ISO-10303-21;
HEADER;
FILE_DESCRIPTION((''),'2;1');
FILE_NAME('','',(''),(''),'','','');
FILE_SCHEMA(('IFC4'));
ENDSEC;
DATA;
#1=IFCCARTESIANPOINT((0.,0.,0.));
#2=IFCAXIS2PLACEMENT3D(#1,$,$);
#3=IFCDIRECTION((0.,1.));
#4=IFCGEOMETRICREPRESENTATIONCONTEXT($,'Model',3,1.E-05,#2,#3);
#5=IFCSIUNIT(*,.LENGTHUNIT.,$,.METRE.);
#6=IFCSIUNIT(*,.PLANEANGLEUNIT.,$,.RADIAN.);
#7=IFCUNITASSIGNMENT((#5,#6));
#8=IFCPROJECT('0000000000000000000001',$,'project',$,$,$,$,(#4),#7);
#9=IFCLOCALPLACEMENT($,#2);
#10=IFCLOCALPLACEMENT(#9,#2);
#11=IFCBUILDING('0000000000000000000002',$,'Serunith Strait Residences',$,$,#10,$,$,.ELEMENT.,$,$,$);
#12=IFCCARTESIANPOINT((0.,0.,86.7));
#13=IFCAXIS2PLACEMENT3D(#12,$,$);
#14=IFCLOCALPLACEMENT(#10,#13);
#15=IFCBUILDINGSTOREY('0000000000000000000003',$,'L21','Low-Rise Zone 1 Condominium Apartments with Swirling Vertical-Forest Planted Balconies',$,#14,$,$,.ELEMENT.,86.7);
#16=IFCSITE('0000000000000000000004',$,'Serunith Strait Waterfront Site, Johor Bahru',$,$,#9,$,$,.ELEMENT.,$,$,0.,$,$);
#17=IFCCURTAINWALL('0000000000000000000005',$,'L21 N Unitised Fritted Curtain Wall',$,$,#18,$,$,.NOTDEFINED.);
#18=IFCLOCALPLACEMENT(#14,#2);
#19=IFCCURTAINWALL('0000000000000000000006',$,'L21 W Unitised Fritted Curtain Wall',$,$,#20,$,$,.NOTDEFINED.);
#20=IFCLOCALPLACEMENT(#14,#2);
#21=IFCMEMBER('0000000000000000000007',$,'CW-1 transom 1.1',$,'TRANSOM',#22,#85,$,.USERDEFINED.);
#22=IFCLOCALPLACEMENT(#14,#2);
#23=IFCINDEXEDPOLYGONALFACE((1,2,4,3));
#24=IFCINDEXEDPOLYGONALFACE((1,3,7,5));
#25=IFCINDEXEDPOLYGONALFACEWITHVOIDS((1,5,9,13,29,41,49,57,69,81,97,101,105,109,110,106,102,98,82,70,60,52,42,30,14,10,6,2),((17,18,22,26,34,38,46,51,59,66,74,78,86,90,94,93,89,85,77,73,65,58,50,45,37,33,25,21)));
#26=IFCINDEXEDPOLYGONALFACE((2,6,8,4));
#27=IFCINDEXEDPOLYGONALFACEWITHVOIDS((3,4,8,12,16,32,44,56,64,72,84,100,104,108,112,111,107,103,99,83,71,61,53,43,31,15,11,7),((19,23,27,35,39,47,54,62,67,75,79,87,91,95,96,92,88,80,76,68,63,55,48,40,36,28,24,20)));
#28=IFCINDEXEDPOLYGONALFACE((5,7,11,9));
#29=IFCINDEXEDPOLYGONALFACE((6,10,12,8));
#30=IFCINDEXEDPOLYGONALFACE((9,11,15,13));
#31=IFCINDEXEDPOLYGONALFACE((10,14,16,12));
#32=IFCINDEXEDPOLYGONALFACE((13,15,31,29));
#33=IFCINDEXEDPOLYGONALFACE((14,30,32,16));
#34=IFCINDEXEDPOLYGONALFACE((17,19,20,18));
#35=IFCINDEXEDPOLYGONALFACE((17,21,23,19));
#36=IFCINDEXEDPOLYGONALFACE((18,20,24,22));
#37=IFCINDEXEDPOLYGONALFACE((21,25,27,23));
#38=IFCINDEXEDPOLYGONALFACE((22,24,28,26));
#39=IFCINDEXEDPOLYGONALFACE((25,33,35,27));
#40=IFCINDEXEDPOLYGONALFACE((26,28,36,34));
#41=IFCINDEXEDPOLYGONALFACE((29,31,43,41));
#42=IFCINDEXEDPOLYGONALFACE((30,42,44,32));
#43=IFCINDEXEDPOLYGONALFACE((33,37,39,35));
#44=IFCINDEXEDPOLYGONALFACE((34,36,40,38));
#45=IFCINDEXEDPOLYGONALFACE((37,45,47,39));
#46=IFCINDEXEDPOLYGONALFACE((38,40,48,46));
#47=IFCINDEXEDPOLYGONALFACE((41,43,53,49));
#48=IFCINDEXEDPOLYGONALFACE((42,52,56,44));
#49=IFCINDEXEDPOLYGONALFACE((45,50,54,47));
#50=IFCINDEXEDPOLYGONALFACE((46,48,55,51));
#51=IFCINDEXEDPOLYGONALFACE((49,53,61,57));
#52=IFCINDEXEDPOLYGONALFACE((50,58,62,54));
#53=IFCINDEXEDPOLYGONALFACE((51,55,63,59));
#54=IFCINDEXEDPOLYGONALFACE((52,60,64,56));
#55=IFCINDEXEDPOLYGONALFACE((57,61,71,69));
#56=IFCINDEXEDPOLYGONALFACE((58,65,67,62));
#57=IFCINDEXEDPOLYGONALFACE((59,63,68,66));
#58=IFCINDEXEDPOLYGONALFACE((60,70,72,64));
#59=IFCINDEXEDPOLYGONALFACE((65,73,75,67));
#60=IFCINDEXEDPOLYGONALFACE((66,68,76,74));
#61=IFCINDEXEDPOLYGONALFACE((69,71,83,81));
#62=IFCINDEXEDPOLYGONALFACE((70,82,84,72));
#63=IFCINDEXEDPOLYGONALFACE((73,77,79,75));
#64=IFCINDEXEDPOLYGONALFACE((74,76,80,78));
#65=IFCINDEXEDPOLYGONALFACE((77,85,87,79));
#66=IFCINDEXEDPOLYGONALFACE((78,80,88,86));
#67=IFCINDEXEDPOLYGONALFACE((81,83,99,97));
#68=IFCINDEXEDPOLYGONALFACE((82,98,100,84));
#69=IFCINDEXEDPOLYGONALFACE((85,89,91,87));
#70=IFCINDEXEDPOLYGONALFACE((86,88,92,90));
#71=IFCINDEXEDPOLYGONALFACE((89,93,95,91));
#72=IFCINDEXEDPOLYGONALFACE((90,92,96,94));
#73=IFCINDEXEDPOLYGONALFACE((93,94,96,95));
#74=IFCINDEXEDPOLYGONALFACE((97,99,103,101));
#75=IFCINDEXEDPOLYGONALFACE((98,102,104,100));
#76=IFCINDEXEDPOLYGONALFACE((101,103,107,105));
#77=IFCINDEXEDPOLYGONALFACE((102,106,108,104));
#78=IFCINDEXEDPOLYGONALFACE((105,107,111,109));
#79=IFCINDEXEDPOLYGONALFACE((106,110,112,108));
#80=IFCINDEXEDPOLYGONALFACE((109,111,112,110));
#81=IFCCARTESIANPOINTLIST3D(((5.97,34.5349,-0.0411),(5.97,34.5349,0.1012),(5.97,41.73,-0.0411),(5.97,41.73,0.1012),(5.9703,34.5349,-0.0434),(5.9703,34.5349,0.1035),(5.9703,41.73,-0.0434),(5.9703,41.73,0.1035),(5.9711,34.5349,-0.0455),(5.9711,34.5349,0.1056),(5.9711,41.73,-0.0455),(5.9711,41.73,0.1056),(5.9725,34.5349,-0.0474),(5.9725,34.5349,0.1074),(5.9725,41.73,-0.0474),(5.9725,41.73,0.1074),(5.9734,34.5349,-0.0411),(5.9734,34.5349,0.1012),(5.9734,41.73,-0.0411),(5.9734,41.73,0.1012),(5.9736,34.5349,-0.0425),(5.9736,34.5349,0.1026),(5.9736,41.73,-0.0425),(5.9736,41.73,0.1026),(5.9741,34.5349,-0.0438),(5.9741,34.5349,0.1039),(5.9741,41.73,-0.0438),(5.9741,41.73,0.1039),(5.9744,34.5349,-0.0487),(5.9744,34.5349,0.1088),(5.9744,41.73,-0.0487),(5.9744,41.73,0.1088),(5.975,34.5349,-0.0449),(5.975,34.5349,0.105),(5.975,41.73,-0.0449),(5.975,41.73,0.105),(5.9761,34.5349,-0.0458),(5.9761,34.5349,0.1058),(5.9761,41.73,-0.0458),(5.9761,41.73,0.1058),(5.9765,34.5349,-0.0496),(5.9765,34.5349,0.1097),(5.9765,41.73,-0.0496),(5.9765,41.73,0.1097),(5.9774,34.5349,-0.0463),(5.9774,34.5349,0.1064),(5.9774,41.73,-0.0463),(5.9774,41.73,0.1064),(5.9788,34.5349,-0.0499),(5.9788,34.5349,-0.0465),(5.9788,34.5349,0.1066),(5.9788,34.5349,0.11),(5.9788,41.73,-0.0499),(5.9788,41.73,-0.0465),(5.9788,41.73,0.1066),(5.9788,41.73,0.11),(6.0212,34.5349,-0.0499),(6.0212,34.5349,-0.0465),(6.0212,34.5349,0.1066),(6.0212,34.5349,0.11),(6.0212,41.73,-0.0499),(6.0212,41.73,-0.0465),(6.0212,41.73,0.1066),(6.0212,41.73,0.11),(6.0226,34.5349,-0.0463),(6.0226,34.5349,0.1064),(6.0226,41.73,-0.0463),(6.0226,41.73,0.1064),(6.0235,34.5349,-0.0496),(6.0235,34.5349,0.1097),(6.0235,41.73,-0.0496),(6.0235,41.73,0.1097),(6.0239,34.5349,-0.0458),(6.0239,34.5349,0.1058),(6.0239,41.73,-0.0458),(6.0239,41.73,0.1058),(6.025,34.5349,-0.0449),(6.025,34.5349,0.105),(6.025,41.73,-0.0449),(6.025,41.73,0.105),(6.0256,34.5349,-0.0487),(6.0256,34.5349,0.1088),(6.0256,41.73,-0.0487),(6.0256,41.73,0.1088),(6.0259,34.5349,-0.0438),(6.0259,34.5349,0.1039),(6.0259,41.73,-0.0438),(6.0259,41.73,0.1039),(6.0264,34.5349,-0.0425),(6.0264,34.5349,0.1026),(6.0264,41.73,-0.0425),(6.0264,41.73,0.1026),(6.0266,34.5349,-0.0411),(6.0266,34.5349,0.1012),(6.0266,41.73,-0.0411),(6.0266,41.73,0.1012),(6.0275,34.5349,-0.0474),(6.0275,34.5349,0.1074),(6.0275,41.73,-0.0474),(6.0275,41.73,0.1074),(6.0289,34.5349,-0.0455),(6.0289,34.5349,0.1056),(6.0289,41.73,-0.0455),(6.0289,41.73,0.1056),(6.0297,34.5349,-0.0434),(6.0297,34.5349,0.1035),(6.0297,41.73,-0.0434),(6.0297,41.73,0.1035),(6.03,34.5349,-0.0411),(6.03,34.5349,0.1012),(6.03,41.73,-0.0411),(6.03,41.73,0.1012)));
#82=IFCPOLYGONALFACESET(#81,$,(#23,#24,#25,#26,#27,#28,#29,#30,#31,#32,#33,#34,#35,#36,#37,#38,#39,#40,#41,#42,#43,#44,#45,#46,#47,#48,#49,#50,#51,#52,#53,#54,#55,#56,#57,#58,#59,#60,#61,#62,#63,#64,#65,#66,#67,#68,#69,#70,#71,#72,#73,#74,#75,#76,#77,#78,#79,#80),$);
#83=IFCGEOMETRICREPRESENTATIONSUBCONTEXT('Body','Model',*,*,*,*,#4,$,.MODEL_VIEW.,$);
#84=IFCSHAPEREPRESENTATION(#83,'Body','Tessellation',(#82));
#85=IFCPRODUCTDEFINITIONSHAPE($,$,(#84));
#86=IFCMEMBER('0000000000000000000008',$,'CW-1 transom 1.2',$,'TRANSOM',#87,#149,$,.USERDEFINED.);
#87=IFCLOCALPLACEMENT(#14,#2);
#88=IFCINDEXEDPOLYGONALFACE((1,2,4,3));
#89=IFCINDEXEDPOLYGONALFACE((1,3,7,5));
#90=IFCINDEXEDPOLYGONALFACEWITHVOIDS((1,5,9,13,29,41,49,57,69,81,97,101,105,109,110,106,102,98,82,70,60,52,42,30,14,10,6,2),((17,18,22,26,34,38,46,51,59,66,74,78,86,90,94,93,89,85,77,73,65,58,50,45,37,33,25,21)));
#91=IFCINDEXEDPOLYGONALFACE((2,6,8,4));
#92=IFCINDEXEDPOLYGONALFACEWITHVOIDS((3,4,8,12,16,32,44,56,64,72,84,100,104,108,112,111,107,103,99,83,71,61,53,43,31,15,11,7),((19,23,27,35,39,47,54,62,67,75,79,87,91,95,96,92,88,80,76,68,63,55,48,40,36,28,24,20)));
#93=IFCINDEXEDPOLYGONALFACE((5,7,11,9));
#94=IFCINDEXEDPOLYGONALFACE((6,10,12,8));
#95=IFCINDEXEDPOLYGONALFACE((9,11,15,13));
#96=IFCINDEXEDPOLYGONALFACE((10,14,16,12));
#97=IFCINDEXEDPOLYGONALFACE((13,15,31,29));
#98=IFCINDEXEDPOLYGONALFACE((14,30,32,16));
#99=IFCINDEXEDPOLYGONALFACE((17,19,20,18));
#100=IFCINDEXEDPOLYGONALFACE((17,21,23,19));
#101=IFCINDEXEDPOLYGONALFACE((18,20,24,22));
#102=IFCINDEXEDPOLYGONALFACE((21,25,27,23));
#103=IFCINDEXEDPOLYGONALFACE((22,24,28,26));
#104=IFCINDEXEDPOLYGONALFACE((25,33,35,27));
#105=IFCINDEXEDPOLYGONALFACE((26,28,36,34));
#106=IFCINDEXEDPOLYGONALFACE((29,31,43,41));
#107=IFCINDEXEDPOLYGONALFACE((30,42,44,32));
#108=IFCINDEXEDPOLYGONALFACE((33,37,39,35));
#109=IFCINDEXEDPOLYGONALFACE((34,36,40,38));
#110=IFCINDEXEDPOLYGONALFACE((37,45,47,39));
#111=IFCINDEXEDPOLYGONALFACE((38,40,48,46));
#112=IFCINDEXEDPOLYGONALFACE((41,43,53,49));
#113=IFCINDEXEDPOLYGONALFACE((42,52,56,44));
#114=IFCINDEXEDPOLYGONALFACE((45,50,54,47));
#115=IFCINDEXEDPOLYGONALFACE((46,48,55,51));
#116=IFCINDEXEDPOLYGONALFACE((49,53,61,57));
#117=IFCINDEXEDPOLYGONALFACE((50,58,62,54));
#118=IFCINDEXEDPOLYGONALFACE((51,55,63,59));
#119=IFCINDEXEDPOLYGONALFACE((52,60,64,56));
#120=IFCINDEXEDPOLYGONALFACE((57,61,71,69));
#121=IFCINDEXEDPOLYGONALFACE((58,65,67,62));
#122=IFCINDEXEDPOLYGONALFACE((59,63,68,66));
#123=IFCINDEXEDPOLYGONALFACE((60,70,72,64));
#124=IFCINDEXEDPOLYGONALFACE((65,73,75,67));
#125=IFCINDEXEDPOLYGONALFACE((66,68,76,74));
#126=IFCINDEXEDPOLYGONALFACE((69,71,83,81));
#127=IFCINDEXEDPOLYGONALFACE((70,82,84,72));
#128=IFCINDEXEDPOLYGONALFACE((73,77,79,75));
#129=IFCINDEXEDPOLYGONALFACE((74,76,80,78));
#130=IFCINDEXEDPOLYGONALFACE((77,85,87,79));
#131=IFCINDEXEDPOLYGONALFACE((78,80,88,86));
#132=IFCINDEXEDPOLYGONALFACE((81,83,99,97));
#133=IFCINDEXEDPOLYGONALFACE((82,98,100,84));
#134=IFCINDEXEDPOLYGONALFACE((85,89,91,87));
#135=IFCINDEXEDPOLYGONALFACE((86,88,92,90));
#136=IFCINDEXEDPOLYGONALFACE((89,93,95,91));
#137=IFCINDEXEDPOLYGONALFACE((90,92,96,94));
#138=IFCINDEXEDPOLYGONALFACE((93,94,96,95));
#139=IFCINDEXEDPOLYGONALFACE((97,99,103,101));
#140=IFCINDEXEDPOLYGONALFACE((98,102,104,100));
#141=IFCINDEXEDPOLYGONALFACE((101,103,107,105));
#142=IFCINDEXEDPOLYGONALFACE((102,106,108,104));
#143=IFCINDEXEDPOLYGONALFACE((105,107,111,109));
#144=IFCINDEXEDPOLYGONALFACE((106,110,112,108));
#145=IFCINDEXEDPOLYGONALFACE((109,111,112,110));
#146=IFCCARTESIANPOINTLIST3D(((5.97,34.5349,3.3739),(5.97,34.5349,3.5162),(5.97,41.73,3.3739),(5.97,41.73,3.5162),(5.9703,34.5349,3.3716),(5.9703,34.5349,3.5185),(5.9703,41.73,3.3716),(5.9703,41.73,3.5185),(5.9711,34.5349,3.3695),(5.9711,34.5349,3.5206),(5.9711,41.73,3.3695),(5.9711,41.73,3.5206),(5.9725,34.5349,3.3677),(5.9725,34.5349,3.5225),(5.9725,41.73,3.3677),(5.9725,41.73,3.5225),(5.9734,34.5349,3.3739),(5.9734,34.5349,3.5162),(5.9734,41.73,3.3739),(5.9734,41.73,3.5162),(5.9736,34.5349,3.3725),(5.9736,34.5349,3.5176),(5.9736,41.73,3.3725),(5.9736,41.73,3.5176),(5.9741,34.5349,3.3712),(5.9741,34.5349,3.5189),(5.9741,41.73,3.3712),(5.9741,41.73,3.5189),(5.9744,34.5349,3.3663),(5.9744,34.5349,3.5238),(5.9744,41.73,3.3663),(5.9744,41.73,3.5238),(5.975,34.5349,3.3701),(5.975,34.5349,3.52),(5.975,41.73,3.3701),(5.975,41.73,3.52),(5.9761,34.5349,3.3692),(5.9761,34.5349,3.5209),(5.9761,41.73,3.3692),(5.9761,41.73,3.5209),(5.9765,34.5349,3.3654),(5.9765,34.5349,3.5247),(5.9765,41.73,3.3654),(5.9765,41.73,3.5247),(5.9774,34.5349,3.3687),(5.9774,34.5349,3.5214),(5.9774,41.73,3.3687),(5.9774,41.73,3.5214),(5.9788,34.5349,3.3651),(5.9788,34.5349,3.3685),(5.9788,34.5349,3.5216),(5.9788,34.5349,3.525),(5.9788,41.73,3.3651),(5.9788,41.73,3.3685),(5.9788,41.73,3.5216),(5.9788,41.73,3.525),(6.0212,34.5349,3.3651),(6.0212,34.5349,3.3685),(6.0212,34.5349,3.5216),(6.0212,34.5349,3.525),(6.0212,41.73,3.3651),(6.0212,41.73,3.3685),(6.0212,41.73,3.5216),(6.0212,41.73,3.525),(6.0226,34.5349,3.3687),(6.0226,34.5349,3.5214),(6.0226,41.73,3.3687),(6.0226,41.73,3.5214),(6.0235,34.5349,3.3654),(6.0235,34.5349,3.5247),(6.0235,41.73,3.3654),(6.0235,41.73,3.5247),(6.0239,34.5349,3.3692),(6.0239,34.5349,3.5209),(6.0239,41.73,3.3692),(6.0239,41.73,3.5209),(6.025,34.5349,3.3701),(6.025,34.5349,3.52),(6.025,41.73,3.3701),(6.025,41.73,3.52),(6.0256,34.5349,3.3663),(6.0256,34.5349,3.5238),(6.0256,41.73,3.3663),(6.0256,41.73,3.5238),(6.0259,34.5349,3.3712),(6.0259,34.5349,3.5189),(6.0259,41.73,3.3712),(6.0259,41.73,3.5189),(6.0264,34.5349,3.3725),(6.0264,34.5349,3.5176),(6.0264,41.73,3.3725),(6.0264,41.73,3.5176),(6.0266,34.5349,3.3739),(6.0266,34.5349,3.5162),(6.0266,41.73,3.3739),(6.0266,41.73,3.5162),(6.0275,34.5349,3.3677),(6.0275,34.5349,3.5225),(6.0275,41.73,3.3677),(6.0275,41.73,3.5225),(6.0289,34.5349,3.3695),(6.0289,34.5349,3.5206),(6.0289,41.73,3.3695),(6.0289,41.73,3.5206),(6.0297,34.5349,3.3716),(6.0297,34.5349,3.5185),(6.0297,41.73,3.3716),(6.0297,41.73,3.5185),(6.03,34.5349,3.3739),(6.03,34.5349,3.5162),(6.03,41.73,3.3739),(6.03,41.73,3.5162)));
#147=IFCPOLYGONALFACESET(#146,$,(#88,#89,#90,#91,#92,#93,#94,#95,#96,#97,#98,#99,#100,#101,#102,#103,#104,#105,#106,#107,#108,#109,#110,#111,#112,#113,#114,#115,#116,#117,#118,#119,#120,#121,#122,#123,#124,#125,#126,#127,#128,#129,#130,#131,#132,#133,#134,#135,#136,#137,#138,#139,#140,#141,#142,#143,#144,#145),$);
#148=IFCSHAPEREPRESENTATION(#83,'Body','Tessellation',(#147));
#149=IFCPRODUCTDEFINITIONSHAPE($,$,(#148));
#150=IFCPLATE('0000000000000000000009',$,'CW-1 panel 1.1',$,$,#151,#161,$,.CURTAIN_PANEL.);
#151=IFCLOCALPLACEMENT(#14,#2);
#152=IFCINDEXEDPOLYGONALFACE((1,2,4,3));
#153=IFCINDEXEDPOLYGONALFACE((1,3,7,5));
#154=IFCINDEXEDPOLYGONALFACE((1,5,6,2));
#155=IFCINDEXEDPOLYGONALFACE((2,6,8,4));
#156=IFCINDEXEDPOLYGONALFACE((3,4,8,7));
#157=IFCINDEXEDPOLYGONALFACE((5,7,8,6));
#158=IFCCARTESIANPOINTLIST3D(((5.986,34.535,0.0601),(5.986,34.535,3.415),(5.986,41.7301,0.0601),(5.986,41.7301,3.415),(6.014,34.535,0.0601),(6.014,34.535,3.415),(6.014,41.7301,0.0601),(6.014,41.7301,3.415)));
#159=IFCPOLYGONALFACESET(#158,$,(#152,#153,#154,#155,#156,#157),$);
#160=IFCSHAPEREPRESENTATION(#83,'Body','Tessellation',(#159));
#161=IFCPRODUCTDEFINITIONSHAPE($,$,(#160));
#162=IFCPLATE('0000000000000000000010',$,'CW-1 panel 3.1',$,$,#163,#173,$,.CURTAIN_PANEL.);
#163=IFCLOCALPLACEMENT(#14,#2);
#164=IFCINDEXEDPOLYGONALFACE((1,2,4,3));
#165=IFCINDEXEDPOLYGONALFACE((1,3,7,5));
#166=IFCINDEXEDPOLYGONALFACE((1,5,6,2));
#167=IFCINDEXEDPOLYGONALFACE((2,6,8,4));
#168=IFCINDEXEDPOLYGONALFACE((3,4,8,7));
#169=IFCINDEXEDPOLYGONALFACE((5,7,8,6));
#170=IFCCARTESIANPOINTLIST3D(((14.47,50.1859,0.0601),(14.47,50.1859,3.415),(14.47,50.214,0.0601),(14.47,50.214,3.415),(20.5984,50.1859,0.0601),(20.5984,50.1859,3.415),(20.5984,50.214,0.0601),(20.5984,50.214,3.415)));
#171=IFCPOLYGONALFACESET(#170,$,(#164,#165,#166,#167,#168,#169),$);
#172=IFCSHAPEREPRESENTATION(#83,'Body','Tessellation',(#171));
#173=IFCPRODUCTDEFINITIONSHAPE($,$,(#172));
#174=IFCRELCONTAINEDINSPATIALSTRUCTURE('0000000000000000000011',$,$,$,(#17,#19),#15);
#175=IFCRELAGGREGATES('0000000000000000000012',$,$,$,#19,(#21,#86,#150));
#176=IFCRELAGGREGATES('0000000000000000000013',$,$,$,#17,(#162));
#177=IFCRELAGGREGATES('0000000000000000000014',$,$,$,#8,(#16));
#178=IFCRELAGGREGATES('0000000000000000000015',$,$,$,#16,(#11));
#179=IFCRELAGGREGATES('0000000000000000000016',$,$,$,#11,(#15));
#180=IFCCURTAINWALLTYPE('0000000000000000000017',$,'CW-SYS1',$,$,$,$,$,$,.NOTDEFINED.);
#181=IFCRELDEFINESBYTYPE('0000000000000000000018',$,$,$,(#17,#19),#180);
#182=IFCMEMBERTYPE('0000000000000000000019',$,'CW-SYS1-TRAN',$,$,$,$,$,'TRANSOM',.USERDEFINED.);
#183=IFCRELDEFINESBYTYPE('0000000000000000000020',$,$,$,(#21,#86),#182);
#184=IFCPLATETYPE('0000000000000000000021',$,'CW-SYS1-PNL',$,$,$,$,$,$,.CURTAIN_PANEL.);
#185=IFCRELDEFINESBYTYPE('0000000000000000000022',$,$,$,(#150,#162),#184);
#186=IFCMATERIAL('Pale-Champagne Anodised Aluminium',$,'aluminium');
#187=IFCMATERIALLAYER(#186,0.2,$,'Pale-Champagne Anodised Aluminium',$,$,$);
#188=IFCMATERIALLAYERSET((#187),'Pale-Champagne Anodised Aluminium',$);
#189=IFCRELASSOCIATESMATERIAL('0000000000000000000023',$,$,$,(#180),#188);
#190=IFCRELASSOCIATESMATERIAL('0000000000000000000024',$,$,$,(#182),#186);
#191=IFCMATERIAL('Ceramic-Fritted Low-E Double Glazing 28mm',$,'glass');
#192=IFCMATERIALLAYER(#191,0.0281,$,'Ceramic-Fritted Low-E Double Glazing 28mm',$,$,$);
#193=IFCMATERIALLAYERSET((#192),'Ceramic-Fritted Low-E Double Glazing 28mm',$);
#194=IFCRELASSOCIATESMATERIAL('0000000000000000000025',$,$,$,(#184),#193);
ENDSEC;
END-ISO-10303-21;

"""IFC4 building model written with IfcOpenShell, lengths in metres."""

from ifc_helpers import new_model, si_unit, direction, frame, origin, origin_2d, place, context, subcontext, project, spatial, rectangle, hollow_rectangle, extrude, source, transform, mapped, material, layer, layer_set, material_profile, profile_set, type_object, element, aggregate, save


model = new_model("IFC4")

# Units and contexts
model_context = context("Model", 3, precision=1e-05, world=origin(), true_north=direction((0.0, 1.0)))
body_context = subcontext(model_context, "Body", "Model", "MODEL_VIEW")
ifc_project = project(units=[si_unit("LENGTHUNIT", "METRE"), si_unit("PLANEANGLEUNIT", "RADIAN")], contexts=[model_context])

# Site, building, storey
site_placement = place(None, origin())
site = spatial("IfcSite", under=ifc_project, at=site_placement, Name="Serunith Strait Waterfront Site, Johor Bahru", CompositionType="ELEMENT", RefElevation=0.0)
building_placement = place(site_placement, origin())
building = spatial("IfcBuilding", under=site, at=building_placement, Name="Serunith Strait Residences", CompositionType="ELEMENT")
storey_placement = place(building_placement, frame((0.0, 0.0, 86.7)))
storey = spatial("IfcBuildingStorey", under=building, at=storey_placement, Name="L21", Description="Low-Rise Zone 1 Condominium Apartments with Swirling Vertical-Forest Planted Balconies", CompositionType="ELEMENT", Elevation=86.7)

# Curtain wall
ifc_material_1 = material(Name="Pale-Champagne Anodised Aluminium", Category="aluminium")
ifc_layer_1 = layer(ifc_material_1, 0.2, Name="Pale-Champagne Anodised Aluminium")
ifc_layer_set_1 = layer_set([ifc_layer_1], Name="Pale-Champagne Anodised Aluminium")
curtain_wall_type = type_object("IfcCurtainWallType", Name="CW-SYS1", PredefinedType="NOTDEFINED", material=ifc_layer_set_1)
curtain_wall_1_placement = place(storey_placement, origin())
curtain_wall_1 = element("IfcCurtainWall", 1, at=curtain_wall_1_placement, inside=storey, type_object=curtain_wall_type, Name="L21 N Unitised Fritted Curtain Wall", PredefinedType="NOTDEFINED")

# Curtain wall, members, plate
curtain_wall_2_placement = place(storey_placement, origin())
curtain_wall_2 = element("IfcCurtainWall", 2, at=curtain_wall_2_placement, inside=storey, type_object=curtain_wall_type, Name="L21 W Unitised Fritted Curtain Wall", PredefinedType="NOTDEFINED")
ifc_material_profile_1 = material_profile(ifc_material_1, hollow_rectangle(XDim=0.0601, YDim=0.1599, WallThickness=0.0034, InnerFilletRadius=0.0054, OuterFilletRadius=0.0088, at=origin_2d()), Name="ALU 160x60x3.5")
ifc_profile_set_1 = profile_set([ifc_material_profile_1], Name="Pale-Champagne Anodised Aluminium")
member_type_1 = type_object("IfcMemberType", Name="CW-SYS1-TRAN", ElementType="TRANSOM", PredefinedType="USERDEFINED", material=ifc_profile_set_1)
shared_shape_1 = source(origin(), body_context, "Body", "SweptSolid", [
    extrude(hollow_rectangle(XDim=0.0601, YDim=0.1599, WallThickness=0.0034, InnerFilletRadius=0.0054, OuterFilletRadius=0.0088, at=origin_2d()), origin(), (0.0, 0.0, 1.0), 7.1951),
])
member_1_placement = place(storey_placement, frame((6.0, 41.73, 0.03), z_axis=(0.0, -1.0, 0.0), x_axis=(1.0, 0.0, 0.0)))
member_1 = element("IfcMember", 3, at=member_1_placement, type_object=member_type_1, Name="CW-1 transom 1.1", ObjectType="TRANSOM", PredefinedType="USERDEFINED", context=body_context, shape_type="MappedRepresentation", body=[
    mapped(shared_shape_1, transform((0.0, 0.0, 0.0), scale=1.0)),
])
member_2_placement = place(storey_placement, frame((6.0, 41.73, 3.4451), z_axis=(0.0, -1.0, 0.0), x_axis=(1.0, 0.0, 0.0)))
member_2 = element("IfcMember", 4, at=member_2_placement, type_object=member_type_1, Name="CW-1 transom 1.2", ObjectType="TRANSOM", PredefinedType="USERDEFINED", context=body_context, shape_type="MappedRepresentation", body=[
    mapped(shared_shape_1, transform((0.0, 0.0, 0.0), scale=1.0)),
])
ifc_material_2 = material(Name="Ceramic-Fritted Low-E Double Glazing 28mm", Category="glass")
ifc_layer_2 = layer(ifc_material_2, 0.0281, Name="Ceramic-Fritted Low-E Double Glazing 28mm")
ifc_layer_set_2 = layer_set([ifc_layer_2], Name="Ceramic-Fritted Low-E Double Glazing 28mm")
plate_type = type_object("IfcPlateType", Name="CW-SYS1-PNL", PredefinedType="CURTAIN_PANEL", material=ifc_layer_set_2)
shared_shape_2 = source(origin(), body_context, "Body", "SweptSolid", [
    extrude(rectangle(XDim=7.1951, YDim=0.0281, at=origin_2d()), origin(), (0.0, 0.0, 1.0), 3.355),
])
plate_1_placement = place(storey_placement, frame((6.0, 38.1326, 0.0601), z_axis=(0.0, 0.0, 1.0), x_axis=(0.0, -1.0, 0.0)))
plate_1 = element("IfcPlate", 5, at=plate_1_placement, type_object=plate_type, Name="CW-1 panel 1.1", PredefinedType="CURTAIN_PANEL", context=body_context, shape_type="MappedRepresentation", body=[
    mapped(shared_shape_2, transform((0.0, 0.0, 0.0), scale=1.0)),
])
aggregate(curtain_wall_2, [member_1, member_2, plate_1])

# Plate
shared_shape_3 = source(origin(), body_context, "Body", "SweptSolid", [
    extrude(rectangle(XDim=6.1284, YDim=0.0281, at=origin_2d()), origin(), (0.0, 0.0, 1.0), 3.355),
])
plate_2_placement = place(storey_placement, frame((17.5342, 50.2, 0.0601), z_axis=(0.0, 0.0, 1.0), x_axis=(-1.0, 0.0, 0.0)))
plate_2 = element("IfcPlate", 6, at=plate_2_placement, type_object=plate_type, Name="CW-1 panel 3.1", PredefinedType="CURTAIN_PANEL", context=body_context, shape_type="MappedRepresentation", body=[
    mapped(shared_shape_3, transform((0.0, 0.0, 0.0), scale=1.0)),
])
aggregate(curtain_wall_1, [plate_2])

save(model, "model.ifc")
